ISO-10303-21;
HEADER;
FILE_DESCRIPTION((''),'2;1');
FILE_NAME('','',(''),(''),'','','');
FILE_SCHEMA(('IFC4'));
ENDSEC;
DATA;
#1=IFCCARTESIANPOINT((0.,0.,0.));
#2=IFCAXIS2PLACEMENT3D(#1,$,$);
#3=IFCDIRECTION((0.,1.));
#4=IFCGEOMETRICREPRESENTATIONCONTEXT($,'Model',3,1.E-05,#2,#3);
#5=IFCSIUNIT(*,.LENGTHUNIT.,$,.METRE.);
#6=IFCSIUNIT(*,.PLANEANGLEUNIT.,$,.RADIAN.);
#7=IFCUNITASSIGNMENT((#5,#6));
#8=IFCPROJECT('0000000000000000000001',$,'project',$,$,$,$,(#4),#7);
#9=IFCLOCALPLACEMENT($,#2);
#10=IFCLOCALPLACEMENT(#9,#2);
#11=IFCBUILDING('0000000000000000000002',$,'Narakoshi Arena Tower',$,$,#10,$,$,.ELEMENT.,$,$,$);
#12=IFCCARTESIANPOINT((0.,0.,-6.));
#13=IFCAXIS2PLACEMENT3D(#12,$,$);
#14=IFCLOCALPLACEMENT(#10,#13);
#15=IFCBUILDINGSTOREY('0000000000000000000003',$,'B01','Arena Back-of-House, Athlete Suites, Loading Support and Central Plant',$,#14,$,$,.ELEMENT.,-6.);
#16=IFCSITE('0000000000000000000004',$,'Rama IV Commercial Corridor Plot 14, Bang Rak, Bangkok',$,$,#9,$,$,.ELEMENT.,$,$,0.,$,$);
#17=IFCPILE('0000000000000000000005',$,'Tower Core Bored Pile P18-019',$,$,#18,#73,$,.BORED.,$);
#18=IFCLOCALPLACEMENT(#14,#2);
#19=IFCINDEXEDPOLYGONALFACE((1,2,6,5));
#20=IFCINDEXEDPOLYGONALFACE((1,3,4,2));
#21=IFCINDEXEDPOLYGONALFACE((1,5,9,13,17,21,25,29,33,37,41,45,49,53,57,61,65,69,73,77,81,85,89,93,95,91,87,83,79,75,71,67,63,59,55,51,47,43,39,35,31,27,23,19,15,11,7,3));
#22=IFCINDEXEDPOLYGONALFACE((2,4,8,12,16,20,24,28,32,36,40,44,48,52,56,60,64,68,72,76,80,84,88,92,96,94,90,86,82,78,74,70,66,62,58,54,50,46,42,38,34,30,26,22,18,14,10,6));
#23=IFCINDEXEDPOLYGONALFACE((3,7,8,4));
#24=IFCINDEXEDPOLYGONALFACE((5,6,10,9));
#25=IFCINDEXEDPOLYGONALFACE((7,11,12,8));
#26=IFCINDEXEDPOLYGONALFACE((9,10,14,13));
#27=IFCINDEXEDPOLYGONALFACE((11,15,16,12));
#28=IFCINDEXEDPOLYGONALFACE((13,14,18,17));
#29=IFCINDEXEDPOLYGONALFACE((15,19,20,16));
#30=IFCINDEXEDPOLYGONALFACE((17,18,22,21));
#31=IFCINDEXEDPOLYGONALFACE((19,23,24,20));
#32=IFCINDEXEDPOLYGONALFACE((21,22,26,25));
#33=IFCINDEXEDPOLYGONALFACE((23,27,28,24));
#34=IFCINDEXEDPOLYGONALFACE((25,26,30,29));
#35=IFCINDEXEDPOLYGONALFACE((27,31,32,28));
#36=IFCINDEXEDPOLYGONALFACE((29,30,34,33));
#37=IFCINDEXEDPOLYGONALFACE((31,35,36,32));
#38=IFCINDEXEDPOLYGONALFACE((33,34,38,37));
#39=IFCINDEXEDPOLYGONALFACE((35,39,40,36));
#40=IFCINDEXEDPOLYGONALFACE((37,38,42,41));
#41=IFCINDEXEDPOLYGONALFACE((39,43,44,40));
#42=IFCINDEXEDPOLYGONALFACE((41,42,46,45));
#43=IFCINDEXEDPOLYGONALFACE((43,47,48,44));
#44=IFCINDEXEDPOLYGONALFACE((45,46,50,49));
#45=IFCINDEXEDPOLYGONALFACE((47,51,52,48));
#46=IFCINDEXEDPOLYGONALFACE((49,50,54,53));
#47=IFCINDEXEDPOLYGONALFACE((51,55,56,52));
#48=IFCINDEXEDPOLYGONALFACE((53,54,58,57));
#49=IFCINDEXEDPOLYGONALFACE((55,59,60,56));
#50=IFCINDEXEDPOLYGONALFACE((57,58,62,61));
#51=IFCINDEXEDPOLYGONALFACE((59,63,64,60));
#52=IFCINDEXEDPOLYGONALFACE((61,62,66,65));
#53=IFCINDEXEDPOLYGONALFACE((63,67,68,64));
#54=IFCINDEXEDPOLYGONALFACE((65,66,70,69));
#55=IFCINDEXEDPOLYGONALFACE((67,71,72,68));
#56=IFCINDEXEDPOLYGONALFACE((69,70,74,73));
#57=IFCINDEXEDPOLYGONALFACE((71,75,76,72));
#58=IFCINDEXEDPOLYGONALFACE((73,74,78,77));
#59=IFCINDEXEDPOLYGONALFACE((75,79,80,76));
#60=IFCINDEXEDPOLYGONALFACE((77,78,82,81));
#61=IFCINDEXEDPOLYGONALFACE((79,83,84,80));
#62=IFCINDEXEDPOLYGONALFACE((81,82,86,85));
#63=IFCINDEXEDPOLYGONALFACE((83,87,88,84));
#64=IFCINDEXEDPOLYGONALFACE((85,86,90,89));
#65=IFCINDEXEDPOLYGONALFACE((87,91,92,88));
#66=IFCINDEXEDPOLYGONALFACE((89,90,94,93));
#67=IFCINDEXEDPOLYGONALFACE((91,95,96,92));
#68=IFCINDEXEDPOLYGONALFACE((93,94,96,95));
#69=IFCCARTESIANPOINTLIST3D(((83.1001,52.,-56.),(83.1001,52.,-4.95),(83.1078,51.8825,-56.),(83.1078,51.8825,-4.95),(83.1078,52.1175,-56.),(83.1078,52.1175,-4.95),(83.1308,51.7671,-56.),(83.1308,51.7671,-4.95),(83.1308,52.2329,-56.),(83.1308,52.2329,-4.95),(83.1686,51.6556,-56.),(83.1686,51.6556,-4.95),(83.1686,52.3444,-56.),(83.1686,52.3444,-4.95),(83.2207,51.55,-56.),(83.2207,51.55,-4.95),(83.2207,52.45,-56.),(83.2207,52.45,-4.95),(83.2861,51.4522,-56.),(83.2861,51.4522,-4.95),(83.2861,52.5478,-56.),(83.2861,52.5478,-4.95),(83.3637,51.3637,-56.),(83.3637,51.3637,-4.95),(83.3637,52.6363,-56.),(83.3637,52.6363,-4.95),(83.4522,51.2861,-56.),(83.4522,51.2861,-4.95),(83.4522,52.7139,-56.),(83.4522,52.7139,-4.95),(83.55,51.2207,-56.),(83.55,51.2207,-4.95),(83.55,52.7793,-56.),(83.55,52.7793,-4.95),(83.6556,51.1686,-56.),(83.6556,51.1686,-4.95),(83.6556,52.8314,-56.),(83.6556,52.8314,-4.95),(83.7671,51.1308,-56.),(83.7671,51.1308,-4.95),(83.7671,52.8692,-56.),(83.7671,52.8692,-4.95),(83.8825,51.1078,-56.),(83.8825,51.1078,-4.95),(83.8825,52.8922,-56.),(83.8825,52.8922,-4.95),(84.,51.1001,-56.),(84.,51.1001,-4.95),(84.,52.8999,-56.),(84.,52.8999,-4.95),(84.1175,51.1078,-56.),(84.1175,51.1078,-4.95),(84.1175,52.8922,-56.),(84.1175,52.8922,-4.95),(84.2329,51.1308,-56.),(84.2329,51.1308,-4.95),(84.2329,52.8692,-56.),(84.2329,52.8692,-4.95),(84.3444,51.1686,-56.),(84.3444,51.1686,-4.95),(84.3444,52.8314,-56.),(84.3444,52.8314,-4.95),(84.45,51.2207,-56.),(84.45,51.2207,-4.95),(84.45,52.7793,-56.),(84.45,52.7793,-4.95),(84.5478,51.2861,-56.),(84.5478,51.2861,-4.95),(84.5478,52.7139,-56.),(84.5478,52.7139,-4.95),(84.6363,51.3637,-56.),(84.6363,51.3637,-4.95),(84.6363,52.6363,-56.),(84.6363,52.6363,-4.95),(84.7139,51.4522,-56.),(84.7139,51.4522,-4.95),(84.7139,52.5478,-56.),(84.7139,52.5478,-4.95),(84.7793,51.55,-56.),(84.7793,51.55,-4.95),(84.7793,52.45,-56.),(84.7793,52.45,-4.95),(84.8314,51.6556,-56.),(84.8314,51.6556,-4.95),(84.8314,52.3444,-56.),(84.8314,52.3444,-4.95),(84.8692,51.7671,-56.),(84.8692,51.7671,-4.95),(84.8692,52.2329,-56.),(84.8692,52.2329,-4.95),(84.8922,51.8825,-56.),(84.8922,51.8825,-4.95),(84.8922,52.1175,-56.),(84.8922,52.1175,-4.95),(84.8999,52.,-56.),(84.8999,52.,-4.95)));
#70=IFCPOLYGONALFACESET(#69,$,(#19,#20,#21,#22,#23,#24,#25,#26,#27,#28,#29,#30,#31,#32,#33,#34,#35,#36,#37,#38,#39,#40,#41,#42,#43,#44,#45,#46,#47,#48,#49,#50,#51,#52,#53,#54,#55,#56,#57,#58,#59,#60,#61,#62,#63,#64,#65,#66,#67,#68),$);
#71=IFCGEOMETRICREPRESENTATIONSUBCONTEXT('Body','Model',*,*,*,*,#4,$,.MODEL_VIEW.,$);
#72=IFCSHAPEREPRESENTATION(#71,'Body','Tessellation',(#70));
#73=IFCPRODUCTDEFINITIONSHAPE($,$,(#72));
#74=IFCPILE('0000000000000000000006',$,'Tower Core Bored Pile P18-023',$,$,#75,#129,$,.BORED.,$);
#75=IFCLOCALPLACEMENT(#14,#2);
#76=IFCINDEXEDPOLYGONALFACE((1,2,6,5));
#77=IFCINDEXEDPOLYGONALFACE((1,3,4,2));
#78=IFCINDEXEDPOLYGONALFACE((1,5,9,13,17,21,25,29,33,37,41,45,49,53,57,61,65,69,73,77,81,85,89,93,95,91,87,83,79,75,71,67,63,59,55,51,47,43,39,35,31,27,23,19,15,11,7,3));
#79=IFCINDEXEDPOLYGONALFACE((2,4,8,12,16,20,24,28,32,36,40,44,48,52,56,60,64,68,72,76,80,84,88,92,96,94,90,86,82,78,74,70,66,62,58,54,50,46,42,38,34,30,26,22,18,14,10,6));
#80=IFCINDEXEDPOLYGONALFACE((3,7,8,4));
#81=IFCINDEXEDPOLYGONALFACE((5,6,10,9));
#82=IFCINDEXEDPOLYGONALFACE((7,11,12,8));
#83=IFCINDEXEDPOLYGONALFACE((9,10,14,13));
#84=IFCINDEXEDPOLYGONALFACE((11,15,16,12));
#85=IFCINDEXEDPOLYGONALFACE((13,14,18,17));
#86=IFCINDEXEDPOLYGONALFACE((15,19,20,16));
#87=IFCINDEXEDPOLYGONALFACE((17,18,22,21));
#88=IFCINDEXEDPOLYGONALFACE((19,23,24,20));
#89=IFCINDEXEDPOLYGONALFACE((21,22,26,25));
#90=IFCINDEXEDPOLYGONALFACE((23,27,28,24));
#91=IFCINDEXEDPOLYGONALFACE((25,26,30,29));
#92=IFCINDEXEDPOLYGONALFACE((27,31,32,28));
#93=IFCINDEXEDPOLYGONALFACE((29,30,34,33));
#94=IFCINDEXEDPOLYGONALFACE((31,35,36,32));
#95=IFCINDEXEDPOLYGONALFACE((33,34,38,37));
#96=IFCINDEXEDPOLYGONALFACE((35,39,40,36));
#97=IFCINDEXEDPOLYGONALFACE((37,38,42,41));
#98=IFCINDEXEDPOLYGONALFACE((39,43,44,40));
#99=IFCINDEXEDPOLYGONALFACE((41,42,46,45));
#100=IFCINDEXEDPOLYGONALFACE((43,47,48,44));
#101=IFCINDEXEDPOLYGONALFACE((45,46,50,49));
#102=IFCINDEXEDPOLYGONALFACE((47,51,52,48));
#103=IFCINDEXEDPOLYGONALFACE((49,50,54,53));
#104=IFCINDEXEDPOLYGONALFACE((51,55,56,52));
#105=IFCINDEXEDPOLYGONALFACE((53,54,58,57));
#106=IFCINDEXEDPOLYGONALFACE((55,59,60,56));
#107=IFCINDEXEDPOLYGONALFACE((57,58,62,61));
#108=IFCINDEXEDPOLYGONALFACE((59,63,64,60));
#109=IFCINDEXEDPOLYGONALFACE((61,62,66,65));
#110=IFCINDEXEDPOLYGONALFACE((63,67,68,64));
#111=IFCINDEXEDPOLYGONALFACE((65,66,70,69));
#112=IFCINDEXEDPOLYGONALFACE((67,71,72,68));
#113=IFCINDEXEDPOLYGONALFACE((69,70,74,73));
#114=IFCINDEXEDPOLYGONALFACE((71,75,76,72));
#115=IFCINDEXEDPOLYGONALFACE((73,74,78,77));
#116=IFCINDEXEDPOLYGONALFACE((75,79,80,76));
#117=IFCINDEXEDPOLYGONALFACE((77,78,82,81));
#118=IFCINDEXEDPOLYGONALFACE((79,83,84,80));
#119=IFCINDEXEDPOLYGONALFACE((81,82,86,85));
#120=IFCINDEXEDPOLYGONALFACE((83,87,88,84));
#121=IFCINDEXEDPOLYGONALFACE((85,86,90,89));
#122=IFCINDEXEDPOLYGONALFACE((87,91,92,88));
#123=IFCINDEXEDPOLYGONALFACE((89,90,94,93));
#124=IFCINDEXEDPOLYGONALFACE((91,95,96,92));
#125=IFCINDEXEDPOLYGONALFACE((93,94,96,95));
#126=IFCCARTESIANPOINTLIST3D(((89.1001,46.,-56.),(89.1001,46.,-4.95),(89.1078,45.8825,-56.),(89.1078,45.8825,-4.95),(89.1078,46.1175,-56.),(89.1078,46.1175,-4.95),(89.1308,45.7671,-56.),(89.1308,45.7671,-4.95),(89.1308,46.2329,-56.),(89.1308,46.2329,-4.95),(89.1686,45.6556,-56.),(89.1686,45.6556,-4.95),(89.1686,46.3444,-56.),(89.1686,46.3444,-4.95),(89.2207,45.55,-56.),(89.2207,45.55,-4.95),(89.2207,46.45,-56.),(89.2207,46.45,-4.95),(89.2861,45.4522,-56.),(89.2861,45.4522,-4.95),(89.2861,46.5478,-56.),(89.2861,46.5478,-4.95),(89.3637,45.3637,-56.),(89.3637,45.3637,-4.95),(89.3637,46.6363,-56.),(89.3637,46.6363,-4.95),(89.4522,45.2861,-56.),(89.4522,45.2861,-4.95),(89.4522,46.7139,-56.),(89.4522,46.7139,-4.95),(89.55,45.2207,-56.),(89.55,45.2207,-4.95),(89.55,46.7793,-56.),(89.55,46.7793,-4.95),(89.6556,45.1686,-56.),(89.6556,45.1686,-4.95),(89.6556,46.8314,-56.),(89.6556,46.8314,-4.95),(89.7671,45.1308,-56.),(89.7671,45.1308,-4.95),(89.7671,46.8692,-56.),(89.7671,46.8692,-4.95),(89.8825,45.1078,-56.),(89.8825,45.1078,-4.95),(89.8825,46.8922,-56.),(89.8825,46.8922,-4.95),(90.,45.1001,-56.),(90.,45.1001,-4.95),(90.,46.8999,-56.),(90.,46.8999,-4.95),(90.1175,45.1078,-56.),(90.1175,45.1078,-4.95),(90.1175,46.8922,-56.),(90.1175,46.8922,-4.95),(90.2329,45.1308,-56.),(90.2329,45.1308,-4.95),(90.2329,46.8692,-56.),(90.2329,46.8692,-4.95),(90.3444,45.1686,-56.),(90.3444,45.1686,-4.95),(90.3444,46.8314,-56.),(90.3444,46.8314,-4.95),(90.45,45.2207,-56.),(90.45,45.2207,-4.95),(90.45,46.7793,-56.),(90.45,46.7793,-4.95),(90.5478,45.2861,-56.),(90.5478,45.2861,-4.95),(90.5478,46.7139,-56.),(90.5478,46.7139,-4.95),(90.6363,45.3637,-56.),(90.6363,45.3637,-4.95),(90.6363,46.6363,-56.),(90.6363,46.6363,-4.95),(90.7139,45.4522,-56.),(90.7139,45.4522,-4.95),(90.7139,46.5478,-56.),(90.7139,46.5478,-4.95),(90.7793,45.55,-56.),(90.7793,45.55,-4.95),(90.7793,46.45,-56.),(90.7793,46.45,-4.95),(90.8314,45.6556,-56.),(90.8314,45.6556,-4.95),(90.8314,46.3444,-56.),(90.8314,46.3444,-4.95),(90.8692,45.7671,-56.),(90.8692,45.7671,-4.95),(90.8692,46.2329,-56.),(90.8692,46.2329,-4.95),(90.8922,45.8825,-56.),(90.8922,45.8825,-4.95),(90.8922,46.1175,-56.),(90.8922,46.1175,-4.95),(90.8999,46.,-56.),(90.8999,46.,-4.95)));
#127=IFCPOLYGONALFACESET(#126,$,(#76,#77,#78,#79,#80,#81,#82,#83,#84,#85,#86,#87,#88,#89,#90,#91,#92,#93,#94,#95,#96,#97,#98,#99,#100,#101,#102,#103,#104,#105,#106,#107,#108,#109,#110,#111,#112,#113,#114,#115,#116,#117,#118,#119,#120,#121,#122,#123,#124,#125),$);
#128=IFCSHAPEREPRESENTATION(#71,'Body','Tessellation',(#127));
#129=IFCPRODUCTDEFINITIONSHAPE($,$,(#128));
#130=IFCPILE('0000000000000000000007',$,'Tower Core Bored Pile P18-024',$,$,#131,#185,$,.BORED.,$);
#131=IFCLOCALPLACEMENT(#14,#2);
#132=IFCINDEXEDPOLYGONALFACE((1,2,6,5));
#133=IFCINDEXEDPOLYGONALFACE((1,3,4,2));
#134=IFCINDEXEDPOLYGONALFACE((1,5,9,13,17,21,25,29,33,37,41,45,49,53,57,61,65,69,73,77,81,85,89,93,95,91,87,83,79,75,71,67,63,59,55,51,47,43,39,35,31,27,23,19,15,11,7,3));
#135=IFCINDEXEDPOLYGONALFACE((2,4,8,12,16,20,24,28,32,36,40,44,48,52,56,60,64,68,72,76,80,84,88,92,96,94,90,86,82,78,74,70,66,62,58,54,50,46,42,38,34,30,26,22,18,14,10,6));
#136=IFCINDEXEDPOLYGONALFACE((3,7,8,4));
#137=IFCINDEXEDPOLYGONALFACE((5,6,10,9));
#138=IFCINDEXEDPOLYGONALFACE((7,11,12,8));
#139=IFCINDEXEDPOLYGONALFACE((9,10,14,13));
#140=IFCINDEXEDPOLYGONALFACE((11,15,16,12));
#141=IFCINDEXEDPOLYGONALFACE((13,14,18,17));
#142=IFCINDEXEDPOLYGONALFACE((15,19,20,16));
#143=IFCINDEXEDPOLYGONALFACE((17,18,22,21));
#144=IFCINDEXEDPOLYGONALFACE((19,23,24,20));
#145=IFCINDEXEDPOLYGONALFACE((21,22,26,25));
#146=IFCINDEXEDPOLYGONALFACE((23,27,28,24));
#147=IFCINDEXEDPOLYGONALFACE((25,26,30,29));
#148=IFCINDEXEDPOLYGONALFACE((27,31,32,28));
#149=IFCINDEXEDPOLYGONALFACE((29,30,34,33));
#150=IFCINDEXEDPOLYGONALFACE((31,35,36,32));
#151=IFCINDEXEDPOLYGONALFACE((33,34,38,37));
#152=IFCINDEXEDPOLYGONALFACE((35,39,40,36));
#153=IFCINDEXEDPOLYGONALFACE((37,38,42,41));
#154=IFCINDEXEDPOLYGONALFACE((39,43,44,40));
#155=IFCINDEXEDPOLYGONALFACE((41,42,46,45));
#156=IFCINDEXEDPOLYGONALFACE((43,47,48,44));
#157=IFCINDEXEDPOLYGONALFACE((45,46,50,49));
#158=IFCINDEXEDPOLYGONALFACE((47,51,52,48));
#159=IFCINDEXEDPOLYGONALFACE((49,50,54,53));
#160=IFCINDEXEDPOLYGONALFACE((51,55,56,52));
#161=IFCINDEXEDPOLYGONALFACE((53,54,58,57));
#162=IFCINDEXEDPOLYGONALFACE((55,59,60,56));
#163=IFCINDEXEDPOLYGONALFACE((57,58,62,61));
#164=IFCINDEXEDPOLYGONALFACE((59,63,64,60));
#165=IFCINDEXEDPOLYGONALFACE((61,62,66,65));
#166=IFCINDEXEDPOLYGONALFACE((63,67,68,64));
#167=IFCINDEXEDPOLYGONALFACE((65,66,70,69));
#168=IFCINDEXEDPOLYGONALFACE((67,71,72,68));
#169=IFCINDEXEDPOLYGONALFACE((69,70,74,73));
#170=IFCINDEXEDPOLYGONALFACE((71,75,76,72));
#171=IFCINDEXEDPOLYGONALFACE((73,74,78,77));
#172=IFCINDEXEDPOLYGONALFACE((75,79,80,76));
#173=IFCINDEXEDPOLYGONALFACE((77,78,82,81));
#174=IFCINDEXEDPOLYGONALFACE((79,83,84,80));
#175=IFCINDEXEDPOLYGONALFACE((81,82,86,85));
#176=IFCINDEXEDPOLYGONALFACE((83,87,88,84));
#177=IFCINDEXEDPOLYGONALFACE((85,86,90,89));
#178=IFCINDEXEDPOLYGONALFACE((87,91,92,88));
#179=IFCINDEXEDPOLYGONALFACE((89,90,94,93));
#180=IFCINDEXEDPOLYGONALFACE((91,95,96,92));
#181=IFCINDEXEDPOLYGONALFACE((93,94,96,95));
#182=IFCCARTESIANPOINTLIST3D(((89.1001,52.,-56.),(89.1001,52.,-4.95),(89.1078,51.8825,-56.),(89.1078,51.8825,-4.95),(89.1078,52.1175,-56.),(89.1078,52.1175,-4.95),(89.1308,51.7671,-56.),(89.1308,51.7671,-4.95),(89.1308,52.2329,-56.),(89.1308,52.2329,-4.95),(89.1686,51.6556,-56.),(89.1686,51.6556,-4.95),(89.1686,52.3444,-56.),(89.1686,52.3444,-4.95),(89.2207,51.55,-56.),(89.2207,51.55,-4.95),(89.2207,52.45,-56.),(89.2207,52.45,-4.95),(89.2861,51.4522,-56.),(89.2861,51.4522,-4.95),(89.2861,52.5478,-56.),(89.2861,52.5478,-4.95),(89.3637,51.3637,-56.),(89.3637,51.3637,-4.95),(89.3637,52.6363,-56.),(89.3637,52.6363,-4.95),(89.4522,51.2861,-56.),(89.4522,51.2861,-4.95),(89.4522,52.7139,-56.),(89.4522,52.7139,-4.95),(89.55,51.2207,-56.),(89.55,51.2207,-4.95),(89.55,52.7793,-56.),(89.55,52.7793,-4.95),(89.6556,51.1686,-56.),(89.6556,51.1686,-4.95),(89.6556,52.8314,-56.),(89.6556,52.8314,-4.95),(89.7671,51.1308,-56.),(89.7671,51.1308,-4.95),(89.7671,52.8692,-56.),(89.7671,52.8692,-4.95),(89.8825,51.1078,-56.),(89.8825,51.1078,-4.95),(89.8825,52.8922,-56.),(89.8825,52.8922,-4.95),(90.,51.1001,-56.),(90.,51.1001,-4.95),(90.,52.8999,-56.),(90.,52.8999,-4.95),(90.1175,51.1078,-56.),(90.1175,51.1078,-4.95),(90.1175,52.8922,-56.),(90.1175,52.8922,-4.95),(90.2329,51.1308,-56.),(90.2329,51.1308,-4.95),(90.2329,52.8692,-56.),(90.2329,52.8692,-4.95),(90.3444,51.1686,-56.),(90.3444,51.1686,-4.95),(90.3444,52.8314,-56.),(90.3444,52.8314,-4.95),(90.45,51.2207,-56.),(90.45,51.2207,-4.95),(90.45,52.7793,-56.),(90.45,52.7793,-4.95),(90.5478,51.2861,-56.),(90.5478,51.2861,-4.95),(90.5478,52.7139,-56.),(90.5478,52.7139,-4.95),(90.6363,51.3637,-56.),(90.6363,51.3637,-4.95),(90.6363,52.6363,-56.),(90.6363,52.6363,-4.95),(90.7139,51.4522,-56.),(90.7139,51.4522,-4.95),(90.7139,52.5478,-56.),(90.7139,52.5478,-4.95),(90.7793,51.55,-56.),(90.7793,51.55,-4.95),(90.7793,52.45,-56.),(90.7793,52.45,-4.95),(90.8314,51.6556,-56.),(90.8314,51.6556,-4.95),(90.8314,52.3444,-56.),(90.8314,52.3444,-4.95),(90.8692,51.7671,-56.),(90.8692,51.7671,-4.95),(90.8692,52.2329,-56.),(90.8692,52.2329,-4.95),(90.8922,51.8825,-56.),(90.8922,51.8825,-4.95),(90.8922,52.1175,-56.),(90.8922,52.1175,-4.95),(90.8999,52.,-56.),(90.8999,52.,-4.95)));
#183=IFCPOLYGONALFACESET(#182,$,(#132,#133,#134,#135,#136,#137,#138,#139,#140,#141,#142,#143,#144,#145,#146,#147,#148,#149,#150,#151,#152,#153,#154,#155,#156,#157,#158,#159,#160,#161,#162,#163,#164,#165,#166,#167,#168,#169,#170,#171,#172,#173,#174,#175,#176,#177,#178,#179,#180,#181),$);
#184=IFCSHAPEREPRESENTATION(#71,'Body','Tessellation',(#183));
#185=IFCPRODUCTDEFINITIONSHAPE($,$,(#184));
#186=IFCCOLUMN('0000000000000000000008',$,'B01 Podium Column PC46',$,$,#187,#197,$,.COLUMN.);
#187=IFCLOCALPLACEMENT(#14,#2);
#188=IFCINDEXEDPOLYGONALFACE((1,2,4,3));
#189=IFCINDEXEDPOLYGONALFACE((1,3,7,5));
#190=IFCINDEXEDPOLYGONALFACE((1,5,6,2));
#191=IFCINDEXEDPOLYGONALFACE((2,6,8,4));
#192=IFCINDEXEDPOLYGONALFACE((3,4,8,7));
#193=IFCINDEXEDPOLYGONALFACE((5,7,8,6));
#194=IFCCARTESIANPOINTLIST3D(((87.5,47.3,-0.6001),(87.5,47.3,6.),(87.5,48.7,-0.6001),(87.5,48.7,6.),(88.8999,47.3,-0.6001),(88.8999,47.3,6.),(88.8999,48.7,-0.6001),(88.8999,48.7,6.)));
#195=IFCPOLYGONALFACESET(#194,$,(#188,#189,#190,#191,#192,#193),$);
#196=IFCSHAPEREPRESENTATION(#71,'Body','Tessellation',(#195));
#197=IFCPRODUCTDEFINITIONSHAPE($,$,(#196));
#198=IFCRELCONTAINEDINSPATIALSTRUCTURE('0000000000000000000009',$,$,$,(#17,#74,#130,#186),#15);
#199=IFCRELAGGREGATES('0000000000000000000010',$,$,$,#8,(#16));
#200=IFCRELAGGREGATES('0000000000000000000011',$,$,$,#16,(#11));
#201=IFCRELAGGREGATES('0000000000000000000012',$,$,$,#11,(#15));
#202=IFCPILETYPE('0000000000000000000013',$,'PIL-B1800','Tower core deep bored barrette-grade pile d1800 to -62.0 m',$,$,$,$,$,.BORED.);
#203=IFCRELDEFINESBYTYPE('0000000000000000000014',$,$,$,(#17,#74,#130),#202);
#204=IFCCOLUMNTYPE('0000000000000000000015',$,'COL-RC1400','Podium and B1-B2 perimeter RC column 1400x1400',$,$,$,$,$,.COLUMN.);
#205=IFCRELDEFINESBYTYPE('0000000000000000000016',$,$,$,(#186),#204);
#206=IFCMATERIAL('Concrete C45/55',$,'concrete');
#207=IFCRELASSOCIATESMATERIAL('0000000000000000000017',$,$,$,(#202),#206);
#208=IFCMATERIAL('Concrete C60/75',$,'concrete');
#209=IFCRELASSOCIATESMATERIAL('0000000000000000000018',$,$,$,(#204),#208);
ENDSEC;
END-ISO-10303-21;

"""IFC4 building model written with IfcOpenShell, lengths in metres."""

from ifc_helpers import new_model, si_unit, direction, frame, origin, origin_2d, place, context, subcontext, project, spatial, rectangle, circle, extrude, material, material_profile, profile_set, type_object, element, save


model = new_model("IFC4")

# Units and contexts
model_context = context("Model", 3, precision=1e-05, world=origin(), true_north=direction((0.0, 1.0)))
body_context = subcontext(model_context, "Body", "Model", "MODEL_VIEW")
ifc_project = project(units=[si_unit("LENGTHUNIT", "METRE"), si_unit("PLANEANGLEUNIT", "RADIAN")], contexts=[model_context])

# Site, building, storey
site_placement = place(None, origin())
site = spatial("IfcSite", under=ifc_project, at=site_placement, Name="Rama IV Commercial Corridor Plot 14, Bang Rak, Bangkok", CompositionType="ELEMENT", RefElevation=0.0)
building_placement = place(site_placement, origin())
building = spatial("IfcBuilding", under=site, at=building_placement, Name="Narakoshi Arena Tower", CompositionType="ELEMENT")
storey_placement = place(building_placement, frame((0.0, 0.0, -6.0)))
storey = spatial("IfcBuildingStorey", under=building, at=storey_placement, Name="B01", Description="Arena Back-of-House, Athlete Suites, Loading Support and Central Plant", CompositionType="ELEMENT", Elevation=-6.0)

# Piles
ifc_material_1 = material(Name="Concrete C45/55", Category="concrete")
ifc_material_profile_1 = material_profile(ifc_material_1, circle(Radius=0.8999, at=origin_2d()), Name="PILE-D1800")
ifc_profile_set_1 = profile_set([ifc_material_profile_1], Name="Concrete C45/55")
pile_type = type_object("IfcPileType", Name="PIL-B1800", Description="Tower core deep bored barrette-grade pile d1800 to -62.0 m", PredefinedType="BORED", material=ifc_profile_set_1)
for number, where, z_axis, x_axis, name in (
    (1, (84.0, 52.0, -4.95), (0.0, 0.0, -1.0), (1.0, 0.0, 0.0), "Tower Core Bored Pile P18-019"),
    (2, (90.0, 46.0, -4.95), (0.0, 0.0, -1.0), (1.0, 0.0, 0.0), "Tower Core Bored Pile P18-023"),
    (3, (90.0, 52.0, -4.95), (0.0, 0.0, -1.0), (1.0, 0.0, 0.0), "Tower Core Bored Pile P18-024"),
):
    element("IfcPile", number, at=place(storey_placement, frame(where, z_axis=z_axis, x_axis=x_axis)), inside=storey, type_object=pile_type, Name=name, PredefinedType="BORED", context=body_context, shape_type="SweptSolid", body=[
        extrude(circle(Radius=0.8999, at=origin_2d()), origin(), (0.0, 0.0, 1.0), 51.05),
    ])

# Column
ifc_material_2 = material(Name="Concrete C60/75", Category="concrete")
ifc_material_profile_2 = material_profile(ifc_material_2, rectangle(XDim=1.3999, YDim=1.3999, at=origin_2d()), Name="RC1400x1400")
ifc_profile_set_2 = profile_set([ifc_material_profile_2], Name="Concrete C60/75")
column_type = type_object("IfcColumnType", Name="COL-RC1400", Description="Podium and B1-B2 perimeter RC column 1400x1400", PredefinedType="COLUMN", material=ifc_profile_set_2)
column_placement = place(storey_placement, frame((88.2, 48.0, -0.6001), z_axis=(0.0, 0.0, 1.0), x_axis=(1.0, 0.0, 0.0)))
element("IfcColumn", 4, at=column_placement, inside=storey, type_object=column_type, Name="B01 Podium Column PC46", PredefinedType="COLUMN", context=body_context, shape_type="SweptSolid", body=[
    extrude(rectangle(XDim=1.3999, YDim=1.3999, at=origin_2d()), origin(), (0.0, 0.0, 1.0), 6.6001),
])

save(model, "model.ifc")
